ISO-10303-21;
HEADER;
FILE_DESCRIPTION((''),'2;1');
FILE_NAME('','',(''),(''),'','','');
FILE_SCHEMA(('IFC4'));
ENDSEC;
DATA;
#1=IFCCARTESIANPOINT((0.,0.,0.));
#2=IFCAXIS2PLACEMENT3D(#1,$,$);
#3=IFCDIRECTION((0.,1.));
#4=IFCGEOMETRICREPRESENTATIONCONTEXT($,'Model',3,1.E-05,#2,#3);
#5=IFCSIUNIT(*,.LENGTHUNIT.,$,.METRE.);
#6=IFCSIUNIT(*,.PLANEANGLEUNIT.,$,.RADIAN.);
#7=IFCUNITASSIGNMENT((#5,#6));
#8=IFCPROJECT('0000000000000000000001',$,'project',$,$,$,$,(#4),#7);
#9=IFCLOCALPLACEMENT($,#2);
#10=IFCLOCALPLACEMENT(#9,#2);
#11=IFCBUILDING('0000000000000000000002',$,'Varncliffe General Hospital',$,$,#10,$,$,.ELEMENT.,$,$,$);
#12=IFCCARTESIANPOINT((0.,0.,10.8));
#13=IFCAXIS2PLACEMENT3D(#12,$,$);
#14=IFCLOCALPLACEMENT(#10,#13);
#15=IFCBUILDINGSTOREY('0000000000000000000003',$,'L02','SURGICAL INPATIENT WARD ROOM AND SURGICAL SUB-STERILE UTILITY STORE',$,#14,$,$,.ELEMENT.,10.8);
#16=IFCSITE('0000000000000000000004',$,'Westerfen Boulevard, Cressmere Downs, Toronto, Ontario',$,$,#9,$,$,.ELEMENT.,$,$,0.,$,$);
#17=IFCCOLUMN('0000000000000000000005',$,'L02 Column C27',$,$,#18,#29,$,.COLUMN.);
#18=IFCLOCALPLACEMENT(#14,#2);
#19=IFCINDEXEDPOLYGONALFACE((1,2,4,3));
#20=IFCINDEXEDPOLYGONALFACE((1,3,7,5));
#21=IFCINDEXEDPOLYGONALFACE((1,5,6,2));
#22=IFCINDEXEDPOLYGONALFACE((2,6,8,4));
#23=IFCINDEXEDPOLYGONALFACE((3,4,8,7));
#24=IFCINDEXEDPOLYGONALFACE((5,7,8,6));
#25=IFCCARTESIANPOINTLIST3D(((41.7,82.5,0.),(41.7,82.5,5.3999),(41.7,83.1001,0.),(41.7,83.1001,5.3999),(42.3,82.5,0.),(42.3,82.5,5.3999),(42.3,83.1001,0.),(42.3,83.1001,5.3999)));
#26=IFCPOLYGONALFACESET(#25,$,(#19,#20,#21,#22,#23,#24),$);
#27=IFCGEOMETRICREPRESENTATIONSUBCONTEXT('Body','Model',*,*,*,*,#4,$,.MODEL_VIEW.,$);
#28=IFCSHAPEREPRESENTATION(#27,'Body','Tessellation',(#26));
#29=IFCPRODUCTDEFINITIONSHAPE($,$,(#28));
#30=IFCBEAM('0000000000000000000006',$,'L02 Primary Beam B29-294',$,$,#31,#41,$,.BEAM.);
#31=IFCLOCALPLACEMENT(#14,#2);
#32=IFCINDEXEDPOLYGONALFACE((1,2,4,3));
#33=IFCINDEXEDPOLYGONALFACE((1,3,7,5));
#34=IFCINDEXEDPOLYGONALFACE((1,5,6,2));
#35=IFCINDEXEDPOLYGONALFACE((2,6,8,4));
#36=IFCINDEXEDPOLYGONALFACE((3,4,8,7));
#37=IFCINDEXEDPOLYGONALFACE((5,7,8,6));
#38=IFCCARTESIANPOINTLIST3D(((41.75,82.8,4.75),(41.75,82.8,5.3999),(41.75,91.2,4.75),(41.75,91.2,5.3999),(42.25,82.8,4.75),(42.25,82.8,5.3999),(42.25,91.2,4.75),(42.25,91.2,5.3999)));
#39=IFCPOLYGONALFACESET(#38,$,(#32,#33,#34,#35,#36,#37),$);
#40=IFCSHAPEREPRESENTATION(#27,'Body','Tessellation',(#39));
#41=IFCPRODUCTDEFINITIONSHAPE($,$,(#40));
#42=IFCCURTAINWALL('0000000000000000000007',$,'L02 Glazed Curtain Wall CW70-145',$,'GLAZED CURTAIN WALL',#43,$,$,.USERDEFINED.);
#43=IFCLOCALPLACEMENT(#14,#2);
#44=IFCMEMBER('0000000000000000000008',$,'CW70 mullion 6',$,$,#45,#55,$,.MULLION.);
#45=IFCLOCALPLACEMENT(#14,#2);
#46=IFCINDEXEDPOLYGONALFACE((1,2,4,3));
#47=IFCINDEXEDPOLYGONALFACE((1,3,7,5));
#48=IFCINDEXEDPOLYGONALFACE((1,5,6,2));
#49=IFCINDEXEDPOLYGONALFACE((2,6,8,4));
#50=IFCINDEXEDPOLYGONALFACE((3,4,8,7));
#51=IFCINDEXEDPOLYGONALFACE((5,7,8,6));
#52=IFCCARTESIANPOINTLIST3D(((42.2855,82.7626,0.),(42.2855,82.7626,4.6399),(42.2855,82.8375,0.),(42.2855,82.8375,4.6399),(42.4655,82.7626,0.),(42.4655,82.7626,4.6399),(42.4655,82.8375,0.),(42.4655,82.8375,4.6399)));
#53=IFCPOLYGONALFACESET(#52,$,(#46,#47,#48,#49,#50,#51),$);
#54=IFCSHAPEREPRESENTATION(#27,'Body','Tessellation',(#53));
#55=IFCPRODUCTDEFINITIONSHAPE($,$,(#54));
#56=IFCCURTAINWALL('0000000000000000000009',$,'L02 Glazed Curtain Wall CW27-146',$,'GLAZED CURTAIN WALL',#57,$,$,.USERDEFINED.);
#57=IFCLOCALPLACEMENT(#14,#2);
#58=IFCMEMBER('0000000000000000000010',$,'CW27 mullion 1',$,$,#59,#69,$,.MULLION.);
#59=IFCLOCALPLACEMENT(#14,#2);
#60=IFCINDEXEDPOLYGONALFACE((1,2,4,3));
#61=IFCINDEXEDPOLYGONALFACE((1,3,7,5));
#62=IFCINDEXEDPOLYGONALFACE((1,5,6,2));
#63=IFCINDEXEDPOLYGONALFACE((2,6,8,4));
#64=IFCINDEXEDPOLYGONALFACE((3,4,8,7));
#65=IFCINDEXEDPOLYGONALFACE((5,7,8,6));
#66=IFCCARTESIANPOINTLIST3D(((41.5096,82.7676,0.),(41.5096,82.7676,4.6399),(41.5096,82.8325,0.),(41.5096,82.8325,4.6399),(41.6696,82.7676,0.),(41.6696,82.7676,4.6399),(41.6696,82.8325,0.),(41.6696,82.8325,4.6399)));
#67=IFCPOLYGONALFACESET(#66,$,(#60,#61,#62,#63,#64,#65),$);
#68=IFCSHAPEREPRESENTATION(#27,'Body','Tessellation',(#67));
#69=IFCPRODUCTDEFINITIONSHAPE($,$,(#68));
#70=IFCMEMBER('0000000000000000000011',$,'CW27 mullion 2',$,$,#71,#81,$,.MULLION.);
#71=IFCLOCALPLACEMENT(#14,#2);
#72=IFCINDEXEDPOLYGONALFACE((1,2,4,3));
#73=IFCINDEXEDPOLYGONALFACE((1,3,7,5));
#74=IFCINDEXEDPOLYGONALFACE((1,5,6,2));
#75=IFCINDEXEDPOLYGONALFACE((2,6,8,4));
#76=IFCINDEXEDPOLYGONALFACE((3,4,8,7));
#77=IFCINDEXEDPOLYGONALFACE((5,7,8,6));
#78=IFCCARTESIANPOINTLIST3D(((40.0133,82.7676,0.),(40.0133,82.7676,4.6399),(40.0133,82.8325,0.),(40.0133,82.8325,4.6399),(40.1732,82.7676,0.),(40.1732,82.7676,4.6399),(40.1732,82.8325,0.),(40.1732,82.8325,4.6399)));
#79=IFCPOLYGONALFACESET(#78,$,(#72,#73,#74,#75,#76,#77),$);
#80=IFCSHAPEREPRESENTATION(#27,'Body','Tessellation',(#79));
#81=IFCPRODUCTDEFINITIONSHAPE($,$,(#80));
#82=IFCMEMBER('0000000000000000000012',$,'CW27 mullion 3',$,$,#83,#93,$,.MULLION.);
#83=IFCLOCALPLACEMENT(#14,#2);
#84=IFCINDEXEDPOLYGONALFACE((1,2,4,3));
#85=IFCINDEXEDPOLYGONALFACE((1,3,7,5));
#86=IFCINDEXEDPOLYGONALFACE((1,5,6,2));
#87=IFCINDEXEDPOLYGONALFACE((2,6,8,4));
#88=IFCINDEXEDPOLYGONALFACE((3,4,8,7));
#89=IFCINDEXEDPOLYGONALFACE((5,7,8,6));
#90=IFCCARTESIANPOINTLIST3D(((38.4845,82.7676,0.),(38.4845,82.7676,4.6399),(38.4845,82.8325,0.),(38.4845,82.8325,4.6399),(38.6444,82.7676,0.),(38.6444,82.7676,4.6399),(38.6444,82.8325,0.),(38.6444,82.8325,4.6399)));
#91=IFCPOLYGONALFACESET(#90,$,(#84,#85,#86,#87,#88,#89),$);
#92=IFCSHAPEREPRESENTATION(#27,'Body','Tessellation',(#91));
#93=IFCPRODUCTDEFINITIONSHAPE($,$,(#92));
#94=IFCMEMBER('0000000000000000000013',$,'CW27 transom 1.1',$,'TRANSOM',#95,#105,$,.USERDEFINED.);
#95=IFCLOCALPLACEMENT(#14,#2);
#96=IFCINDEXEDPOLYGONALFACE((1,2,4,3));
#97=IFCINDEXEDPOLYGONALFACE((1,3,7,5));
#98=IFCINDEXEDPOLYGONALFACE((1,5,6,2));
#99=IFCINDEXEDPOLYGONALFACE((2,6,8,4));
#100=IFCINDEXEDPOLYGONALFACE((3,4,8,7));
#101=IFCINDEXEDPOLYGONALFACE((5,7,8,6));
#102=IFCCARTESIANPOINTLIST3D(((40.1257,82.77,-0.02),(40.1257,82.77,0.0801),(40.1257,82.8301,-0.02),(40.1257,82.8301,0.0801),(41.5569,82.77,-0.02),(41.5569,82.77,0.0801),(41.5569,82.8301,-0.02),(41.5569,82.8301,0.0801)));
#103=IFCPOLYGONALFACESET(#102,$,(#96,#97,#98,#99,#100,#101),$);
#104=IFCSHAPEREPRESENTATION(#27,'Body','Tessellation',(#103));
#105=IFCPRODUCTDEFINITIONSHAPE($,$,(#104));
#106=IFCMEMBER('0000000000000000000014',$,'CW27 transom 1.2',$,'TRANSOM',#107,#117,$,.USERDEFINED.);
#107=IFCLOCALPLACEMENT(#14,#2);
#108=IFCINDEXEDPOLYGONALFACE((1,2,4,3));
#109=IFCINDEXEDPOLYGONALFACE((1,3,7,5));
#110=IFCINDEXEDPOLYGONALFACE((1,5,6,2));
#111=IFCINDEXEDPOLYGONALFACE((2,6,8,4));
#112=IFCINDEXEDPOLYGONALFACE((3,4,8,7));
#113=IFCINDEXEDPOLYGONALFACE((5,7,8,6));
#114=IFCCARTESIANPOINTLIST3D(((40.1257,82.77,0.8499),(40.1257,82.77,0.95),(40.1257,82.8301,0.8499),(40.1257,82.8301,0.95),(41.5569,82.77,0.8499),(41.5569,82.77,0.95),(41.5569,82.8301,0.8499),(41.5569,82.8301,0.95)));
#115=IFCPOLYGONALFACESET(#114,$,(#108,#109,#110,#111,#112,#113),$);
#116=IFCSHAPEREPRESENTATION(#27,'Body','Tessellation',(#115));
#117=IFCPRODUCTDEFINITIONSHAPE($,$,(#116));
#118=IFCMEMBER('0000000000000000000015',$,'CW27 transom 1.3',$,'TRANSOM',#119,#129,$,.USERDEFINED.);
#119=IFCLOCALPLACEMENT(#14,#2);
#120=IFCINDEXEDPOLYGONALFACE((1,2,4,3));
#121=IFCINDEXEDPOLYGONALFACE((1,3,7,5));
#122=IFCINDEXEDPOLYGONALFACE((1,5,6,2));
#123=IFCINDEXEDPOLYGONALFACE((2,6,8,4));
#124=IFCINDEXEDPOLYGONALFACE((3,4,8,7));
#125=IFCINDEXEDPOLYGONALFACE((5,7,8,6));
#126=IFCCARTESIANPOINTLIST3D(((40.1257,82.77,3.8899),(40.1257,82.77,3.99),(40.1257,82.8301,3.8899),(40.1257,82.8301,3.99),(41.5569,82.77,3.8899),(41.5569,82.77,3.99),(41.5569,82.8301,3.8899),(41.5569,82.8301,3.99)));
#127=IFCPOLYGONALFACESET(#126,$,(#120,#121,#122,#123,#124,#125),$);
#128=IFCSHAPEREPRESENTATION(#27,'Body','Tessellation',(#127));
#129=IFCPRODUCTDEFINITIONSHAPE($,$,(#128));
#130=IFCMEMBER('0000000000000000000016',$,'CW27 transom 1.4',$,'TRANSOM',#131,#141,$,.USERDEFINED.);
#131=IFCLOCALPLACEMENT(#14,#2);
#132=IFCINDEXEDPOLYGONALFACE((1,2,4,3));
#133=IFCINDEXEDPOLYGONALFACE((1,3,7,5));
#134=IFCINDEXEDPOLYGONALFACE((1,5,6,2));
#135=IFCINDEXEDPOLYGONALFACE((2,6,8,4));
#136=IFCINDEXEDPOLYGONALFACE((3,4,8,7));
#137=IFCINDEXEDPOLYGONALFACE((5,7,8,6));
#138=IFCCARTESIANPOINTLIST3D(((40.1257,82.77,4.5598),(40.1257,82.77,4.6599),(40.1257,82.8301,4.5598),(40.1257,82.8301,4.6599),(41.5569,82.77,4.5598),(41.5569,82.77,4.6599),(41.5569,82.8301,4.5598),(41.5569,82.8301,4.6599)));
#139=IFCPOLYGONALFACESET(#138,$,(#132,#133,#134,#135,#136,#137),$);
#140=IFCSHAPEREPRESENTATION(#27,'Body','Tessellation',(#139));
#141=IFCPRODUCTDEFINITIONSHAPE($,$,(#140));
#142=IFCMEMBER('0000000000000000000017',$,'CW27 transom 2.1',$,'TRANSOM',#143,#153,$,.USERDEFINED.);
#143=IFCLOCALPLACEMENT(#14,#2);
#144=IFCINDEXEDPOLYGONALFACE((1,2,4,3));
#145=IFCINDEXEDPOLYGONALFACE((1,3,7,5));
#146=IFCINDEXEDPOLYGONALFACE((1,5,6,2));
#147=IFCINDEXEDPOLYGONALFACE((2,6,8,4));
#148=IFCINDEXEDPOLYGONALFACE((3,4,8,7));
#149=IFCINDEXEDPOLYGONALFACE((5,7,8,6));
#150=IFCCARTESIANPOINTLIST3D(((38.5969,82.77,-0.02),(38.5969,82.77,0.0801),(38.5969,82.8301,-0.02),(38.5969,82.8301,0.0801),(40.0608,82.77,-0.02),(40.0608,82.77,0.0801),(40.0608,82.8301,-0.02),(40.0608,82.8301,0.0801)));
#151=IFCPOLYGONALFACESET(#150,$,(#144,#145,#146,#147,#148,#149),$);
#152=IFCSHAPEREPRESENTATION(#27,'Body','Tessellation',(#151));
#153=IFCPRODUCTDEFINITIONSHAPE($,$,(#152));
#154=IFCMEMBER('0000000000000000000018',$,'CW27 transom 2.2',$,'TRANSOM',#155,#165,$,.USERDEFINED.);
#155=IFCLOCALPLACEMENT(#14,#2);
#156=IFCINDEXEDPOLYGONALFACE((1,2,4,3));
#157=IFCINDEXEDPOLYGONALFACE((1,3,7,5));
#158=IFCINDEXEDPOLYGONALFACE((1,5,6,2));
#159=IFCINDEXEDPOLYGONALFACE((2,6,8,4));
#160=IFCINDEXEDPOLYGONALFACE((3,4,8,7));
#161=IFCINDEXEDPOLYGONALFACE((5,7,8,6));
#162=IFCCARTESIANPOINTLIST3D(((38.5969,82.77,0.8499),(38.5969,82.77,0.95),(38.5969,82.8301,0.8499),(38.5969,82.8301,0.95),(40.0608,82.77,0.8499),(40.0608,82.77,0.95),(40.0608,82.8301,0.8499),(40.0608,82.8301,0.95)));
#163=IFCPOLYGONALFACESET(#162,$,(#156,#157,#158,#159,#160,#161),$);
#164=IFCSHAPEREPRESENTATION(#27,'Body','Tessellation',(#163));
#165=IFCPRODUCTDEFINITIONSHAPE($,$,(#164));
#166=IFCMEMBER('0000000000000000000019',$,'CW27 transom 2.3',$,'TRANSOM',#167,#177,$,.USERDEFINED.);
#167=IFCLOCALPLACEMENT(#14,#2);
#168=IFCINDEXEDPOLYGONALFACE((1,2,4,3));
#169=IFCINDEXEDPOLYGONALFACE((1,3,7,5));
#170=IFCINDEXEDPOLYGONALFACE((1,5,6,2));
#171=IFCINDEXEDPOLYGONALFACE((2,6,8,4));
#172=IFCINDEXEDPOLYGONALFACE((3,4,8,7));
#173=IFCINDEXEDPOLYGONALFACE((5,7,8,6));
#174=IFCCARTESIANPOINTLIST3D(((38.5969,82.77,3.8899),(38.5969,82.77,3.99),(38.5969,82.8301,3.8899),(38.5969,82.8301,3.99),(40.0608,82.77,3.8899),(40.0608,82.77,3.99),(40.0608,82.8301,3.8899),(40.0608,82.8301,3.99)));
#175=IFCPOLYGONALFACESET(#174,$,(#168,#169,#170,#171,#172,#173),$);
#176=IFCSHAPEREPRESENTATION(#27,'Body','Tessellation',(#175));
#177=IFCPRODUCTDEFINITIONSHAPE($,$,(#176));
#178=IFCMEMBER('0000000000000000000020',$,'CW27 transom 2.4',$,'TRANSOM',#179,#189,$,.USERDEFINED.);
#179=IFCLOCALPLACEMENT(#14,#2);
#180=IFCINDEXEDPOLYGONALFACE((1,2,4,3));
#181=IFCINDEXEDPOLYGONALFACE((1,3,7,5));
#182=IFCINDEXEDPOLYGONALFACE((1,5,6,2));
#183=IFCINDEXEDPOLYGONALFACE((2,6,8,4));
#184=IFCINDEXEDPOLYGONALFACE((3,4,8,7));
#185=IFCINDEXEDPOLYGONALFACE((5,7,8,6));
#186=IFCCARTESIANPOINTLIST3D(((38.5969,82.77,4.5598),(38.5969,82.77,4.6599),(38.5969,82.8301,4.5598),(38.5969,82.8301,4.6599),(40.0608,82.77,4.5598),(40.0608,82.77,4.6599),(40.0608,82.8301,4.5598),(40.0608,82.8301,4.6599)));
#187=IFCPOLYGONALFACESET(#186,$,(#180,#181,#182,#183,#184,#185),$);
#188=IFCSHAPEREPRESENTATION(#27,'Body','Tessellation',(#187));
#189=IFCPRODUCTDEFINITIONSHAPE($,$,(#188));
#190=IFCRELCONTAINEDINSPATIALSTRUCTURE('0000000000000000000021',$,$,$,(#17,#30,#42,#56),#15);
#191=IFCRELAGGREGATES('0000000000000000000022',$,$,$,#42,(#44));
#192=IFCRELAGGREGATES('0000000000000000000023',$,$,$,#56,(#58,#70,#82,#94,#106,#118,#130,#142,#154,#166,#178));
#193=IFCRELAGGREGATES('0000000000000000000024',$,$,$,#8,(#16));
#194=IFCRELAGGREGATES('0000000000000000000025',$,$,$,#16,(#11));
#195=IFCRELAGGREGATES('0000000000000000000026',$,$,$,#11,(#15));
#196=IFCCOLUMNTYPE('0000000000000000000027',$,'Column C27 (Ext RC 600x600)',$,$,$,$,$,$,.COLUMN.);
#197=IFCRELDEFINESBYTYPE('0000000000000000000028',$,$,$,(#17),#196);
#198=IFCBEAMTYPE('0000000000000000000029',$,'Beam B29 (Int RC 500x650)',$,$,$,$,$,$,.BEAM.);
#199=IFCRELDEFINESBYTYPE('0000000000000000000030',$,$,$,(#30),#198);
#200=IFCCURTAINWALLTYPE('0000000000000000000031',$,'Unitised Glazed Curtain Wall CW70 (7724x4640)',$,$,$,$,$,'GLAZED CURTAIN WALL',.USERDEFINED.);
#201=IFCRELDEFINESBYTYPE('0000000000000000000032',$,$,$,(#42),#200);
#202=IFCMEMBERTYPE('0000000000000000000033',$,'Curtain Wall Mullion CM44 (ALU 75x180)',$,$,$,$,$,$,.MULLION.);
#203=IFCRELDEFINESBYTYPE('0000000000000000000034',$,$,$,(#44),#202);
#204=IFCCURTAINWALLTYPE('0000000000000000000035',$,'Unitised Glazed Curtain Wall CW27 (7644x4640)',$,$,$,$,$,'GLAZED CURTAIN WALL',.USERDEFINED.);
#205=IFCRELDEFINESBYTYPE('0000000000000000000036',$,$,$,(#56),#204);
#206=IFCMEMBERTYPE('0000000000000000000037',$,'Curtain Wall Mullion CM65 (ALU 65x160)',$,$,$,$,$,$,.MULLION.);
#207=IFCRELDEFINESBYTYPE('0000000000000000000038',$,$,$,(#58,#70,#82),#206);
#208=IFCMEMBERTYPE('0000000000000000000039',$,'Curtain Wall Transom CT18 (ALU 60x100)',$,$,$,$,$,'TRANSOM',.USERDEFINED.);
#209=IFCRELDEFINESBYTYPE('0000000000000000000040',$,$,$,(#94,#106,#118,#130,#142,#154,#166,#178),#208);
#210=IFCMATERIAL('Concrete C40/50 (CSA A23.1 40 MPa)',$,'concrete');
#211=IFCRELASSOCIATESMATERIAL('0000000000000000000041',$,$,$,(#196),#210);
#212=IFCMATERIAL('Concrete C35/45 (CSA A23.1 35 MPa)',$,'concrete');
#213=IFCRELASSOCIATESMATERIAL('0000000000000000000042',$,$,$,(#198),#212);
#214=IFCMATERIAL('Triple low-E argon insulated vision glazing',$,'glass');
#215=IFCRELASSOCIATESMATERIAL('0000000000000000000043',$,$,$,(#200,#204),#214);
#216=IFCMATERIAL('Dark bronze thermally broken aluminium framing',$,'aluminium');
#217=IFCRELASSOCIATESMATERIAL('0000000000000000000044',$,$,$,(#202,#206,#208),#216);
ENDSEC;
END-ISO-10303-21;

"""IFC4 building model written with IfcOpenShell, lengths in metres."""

from ifc_helpers import new_model, si_unit, direction, frame, origin, origin_2d, place, context, subcontext, project, spatial, rectangle, extrude, material, material_profile, profile_set, type_object, element, aggregate, save


model = new_model("IFC4")

# Units and contexts
model_context = context("Model", 3, precision=1e-05, world=origin(), true_north=direction((0.0, 1.0)))
body_context = subcontext(model_context, "Body", "Model", "MODEL_VIEW")
ifc_project = project(units=[si_unit("LENGTHUNIT", "METRE"), si_unit("PLANEANGLEUNIT", "RADIAN")], contexts=[model_context])

# Site, building, storey
site_placement = place(None, origin())
site = spatial("IfcSite", under=ifc_project, at=site_placement, Name="Westerfen Boulevard, Cressmere Downs, Toronto, Ontario", CompositionType="ELEMENT", RefElevation=0.0)
building_placement = place(site_placement, origin())
building = spatial("IfcBuilding", under=site, at=building_placement, Name="Varncliffe General Hospital", CompositionType="ELEMENT")
storey_placement = place(building_placement, frame((0.0, 0.0, 10.8)))
storey = spatial("IfcBuildingStorey", under=building, at=storey_placement, Name="L02", Description="SURGICAL INPATIENT WARD ROOM AND SURGICAL SUB-STERILE UTILITY STORE", CompositionType="ELEMENT", Elevation=10.8)

# Column
ifc_material_1 = material(Name="Concrete C40/50 (CSA A23.1 40 MPa)", Category="concrete")
ifc_material_profile_1 = material_profile(ifc_material_1, rectangle(XDim=0.6001, YDim=0.6001, at=origin_2d()), Name="RC 600x600")
ifc_profile_set_1 = profile_set([ifc_material_profile_1], Name="Concrete C40/50 (CSA A23.1 40 MPa)")
column_type = type_object("IfcColumnType", Name="Column C27 (Ext RC 600x600)", PredefinedType="COLUMN", material=ifc_profile_set_1)
column_placement = place(storey_placement, frame((42.0, 82.8, 0.0), z_axis=(0.0, 0.0, 1.0), x_axis=(1.0, 0.0, 0.0)))
element("IfcColumn", 1, at=column_placement, inside=storey, type_object=column_type, Name="L02 Column C27", PredefinedType="COLUMN", context=body_context, shape_type="SweptSolid", body=[
    extrude(rectangle(XDim=0.6001, YDim=0.6001, at=origin_2d()), origin(), (0.0, 0.0, 1.0), 5.3999),
])

# Beam
ifc_material_2 = material(Name="Concrete C35/45 (CSA A23.1 35 MPa)", Category="concrete")
ifc_material_profile_2 = material_profile(ifc_material_2, rectangle(XDim=0.5, YDim=0.6499, at=origin_2d()), Name="RC 500x650")
ifc_profile_set_2 = profile_set([ifc_material_profile_2], Name="Concrete C35/45 (CSA A23.1 35 MPa)")
beam_type_1 = type_object("IfcBeamType", Name="Beam B29 (Int RC 500x650)", PredefinedType="BEAM", material=ifc_profile_set_2)
beam_1_placement = place(storey_placement, frame((42.0, 82.8, 5.075), z_axis=(0.0, 1.0, 0.0), x_axis=(-1.0, 0.0, 0.0)))
element("IfcBeam", 2, at=beam_1_placement, inside=storey, type_object=beam_type_1, Name="L02 Primary Beam B29-294", PredefinedType="BEAM", context=body_context, shape_type="SweptSolid", body=[
    extrude(rectangle(XDim=0.5, YDim=0.6499, at=origin_2d()), origin(), (0.0, 0.0, 1.0), 8.3999),
])

# Curtain wall, member
ifc_material_3 = material(Name="Triple low-E argon insulated vision glazing", Category="glass")
curtain_wall_type_1 = type_object("IfcCurtainWallType", Name="Unitised Glazed Curtain Wall CW70 (7724x4640)", ElementType="GLAZED CURTAIN WALL", PredefinedType="USERDEFINED", material=ifc_material_3)
curtain_wall_1_placement = place(storey_placement, origin())
curtain_wall_1 = element("IfcCurtainWall", 3, at=curtain_wall_1_placement, inside=storey, type_object=curtain_wall_type_1, Name="L02 Glazed Curtain Wall CW70-145", ObjectType="GLAZED CURTAIN WALL", PredefinedType="USERDEFINED")
ifc_material_4 = material(Name="Dark bronze thermally broken aluminium framing", Category="aluminium")
ifc_material_profile_3 = material_profile(ifc_material_4, rectangle(XDim=0.075, YDim=0.1799, at=origin_2d()), Name="ALU 75x180")
ifc_profile_set_3 = profile_set([ifc_material_profile_3], Name="Dark bronze thermally broken aluminium framing")
member_type_1 = type_object("IfcMemberType", Name="Curtain Wall Mullion CM44 (ALU 75x180)", PredefinedType="MULLION", material=ifc_profile_set_3)
member_1_placement = place(storey_placement, frame((42.3755, 82.8, 0.0), z_axis=(0.0, 0.0, 1.0), x_axis=(0.0, -1.0, 0.0)))
member_1 = element("IfcMember", 4, at=member_1_placement, type_object=member_type_1, Name="CW70 mullion 6", PredefinedType="MULLION", context=body_context, shape_type="SweptSolid", body=[
    extrude(rectangle(XDim=0.075, YDim=0.1799, at=origin_2d()), origin(), (0.0, 0.0, 1.0), 4.6399),
])
aggregate(curtain_wall_1, [member_1])

# Curtain wall, members
curtain_wall_type_2 = type_object("IfcCurtainWallType", Name="Unitised Glazed Curtain Wall CW27 (7644x4640)", ElementType="GLAZED CURTAIN WALL", PredefinedType="USERDEFINED", material=ifc_material_3)
curtain_wall_2_placement = place(storey_placement, origin())
curtain_wall_2 = element("IfcCurtainWall", 5, at=curtain_wall_2_placement, inside=storey, type_object=curtain_wall_type_2, Name="L02 Glazed Curtain Wall CW27-146", ObjectType="GLAZED CURTAIN WALL", PredefinedType="USERDEFINED")
ifc_material_profile_4 = material_profile(ifc_material_4, rectangle(XDim=0.0649, YDim=0.1599, at=origin_2d()), Name="ALU 65x160")
ifc_profile_set_4 = profile_set([ifc_material_profile_4], Name="Dark bronze thermally broken aluminium framing")
member_type_2 = type_object("IfcMemberType", Name="Curtain Wall Mullion CM65 (ALU 65x160)", PredefinedType="MULLION", material=ifc_profile_set_4)
member_2_placement = place(storey_placement, frame((41.5896, 82.8, 0.0), z_axis=(0.0, 0.0, 1.0), x_axis=(0.0, -1.0, 0.0)))
member_2 = element("IfcMember", 6, at=member_2_placement, type_object=member_type_2, Name="CW27 mullion 1", PredefinedType="MULLION", context=body_context, shape_type="SweptSolid", body=[
    extrude(rectangle(XDim=0.0649, YDim=0.1599, at=origin_2d()), origin(), (0.0, 0.0, 1.0), 4.6399),
])
member_3_placement = place(storey_placement, frame((40.0933, 82.8, 0.0), z_axis=(0.0, 0.0, 1.0), x_axis=(0.0, -1.0, 0.0)))
member_3 = element("IfcMember", 7, at=member_3_placement, type_object=member_type_2, Name="CW27 mullion 2", PredefinedType="MULLION", context=body_context, shape_type="SweptSolid", body=[
    extrude(rectangle(XDim=0.0649, YDim=0.1599, at=origin_2d()), origin(), (0.0, 0.0, 1.0), 4.6399),
])
member_4_placement = place(storey_placement, frame((38.5645, 82.8, 0.0), z_axis=(0.0, 0.0, 1.0), x_axis=(0.0, -1.0, 0.0)))
member_4 = element("IfcMember", 8, at=member_4_placement, type_object=member_type_2, Name="CW27 mullion 3", PredefinedType="MULLION", context=body_context, shape_type="SweptSolid", body=[
    extrude(rectangle(XDim=0.0649, YDim=0.1599, at=origin_2d()), origin(), (0.0, 0.0, 1.0), 4.6399),
])
ifc_material_profile_5 = material_profile(ifc_material_4, rectangle(XDim=0.0601, YDim=0.1001, at=origin_2d()), Name="ALU 60x100")
ifc_profile_set_5 = profile_set([ifc_material_profile_5], Name="Dark bronze thermally broken aluminium framing")
member_type_3 = type_object("IfcMemberType", Name="Curtain Wall Transom CT18 (ALU 60x100)", ElementType="TRANSOM", PredefinedType="USERDEFINED", material=ifc_profile_set_5)
member_5_placement = place(storey_placement, frame((41.5569, 82.8, 0.03), z_axis=(-1.0, 0.0, 0.0), x_axis=(0.0, -1.0, 0.0)))
member_5 = element("IfcMember", 9, at=member_5_placement, type_object=member_type_3, Name="CW27 transom 1.1", ObjectType="TRANSOM", PredefinedType="USERDEFINED", context=body_context, shape_type="SweptSolid", body=[
    extrude(rectangle(XDim=0.0601, YDim=0.1001, at=origin_2d()), origin(), (0.0, 0.0, 1.0), 1.4312),
])
member_6_placement = place(storey_placement, frame((41.5569, 82.8, 0.8999), z_axis=(-1.0, 0.0, 0.0), x_axis=(0.0, -1.0, 0.0)))
member_6 = element("IfcMember", 10, at=member_6_placement, type_object=member_type_3, Name="CW27 transom 1.2", ObjectType="TRANSOM", PredefinedType="USERDEFINED", context=body_context, shape_type="SweptSolid", body=[
    extrude(rectangle(XDim=0.0601, YDim=0.1001, at=origin_2d()), origin(), (0.0, 0.0, 1.0), 1.4312),
])
member_7_placement = place(storey_placement, frame((41.5569, 82.8, 3.9399), z_axis=(-1.0, 0.0, 0.0), x_axis=(0.0, -1.0, 0.0)))
member_7 = element("IfcMember", 11, at=member_7_placement, type_object=member_type_3, Name="CW27 transom 1.3", ObjectType="TRANSOM", PredefinedType="USERDEFINED", context=body_context, shape_type="SweptSolid", body=[
    extrude(rectangle(XDim=0.0601, YDim=0.1001, at=origin_2d()), origin(), (0.0, 0.0, 1.0), 1.4312),
])
member_8_placement = place(storey_placement, frame((41.5569, 82.8, 4.6099), z_axis=(-1.0, 0.0, 0.0), x_axis=(0.0, -1.0, 0.0)))
member_8 = element("IfcMember", 12, at=member_8_placement, type_object=member_type_3, Name="CW27 transom 1.4", ObjectType="TRANSOM", PredefinedType="USERDEFINED", context=body_context, shape_type="SweptSolid", body=[
    extrude(rectangle(XDim=0.0601, YDim=0.1001, at=origin_2d()), origin(), (0.0, 0.0, 1.0), 1.4312),
])
member_9_placement = place(storey_placement, frame((40.0608, 82.8, 0.03), z_axis=(-1.0, 0.0, 0.0), x_axis=(0.0, -1.0, 0.0)))
member_9 = element("IfcMember", 13, at=member_9_placement, type_object=member_type_3, Name="CW27 transom 2.1", ObjectType="TRANSOM", PredefinedType="USERDEFINED", context=body_context, shape_type="SweptSolid", body=[
    extrude(rectangle(XDim=0.0601, YDim=0.1001, at=origin_2d()), origin(), (0.0, 0.0, 1.0), 1.4639),
])
member_10_placement = place(storey_placement, frame((40.0608, 82.8, 0.8999), z_axis=(-1.0, 0.0, 0.0), x_axis=(0.0, -1.0, 0.0)))
member_10 = element("IfcMember", 14, at=member_10_placement, type_object=member_type_3, Name="CW27 transom 2.2", ObjectType="TRANSOM", PredefinedType="USERDEFINED", context=body_context, shape_type="SweptSolid", body=[
    extrude(rectangle(XDim=0.0601, YDim=0.1001, at=origin_2d()), origin(), (0.0, 0.0, 1.0), 1.4639),
])
member_11_placement = place(storey_placement, frame((40.0608, 82.8, 3.9399), z_axis=(-1.0, 0.0, 0.0), x_axis=(0.0, -1.0, 0.0)))
member_11 = element("IfcMember", 15, at=member_11_placement, type_object=member_type_3, Name="CW27 transom 2.3", ObjectType="TRANSOM", PredefinedType="USERDEFINED", context=body_context, shape_type="SweptSolid", body=[
    extrude(rectangle(XDim=0.0601, YDim=0.1001, at=origin_2d()), origin(), (0.0, 0.0, 1.0), 1.4639),
])
member_12_placement = place(storey_placement, frame((40.0608, 82.8, 4.6099), z_axis=(-1.0, 0.0, 0.0), x_axis=(0.0, -1.0, 0.0)))
member_12 = element("IfcMember", 16, at=member_12_placement, type_object=member_type_3, Name="CW27 transom 2.4", ObjectType="TRANSOM", PredefinedType="USERDEFINED", context=body_context, shape_type="SweptSolid", body=[
    extrude(rectangle(XDim=0.0601, YDim=0.1001, at=origin_2d()), origin(), (0.0, 0.0, 1.0), 1.4639),
])

aggregate(curtain_wall_2, [member_2, member_3, member_4, member_5, member_6, member_7, member_8, member_9, member_10, member_11, member_12])

save(model, "model.ifc")
